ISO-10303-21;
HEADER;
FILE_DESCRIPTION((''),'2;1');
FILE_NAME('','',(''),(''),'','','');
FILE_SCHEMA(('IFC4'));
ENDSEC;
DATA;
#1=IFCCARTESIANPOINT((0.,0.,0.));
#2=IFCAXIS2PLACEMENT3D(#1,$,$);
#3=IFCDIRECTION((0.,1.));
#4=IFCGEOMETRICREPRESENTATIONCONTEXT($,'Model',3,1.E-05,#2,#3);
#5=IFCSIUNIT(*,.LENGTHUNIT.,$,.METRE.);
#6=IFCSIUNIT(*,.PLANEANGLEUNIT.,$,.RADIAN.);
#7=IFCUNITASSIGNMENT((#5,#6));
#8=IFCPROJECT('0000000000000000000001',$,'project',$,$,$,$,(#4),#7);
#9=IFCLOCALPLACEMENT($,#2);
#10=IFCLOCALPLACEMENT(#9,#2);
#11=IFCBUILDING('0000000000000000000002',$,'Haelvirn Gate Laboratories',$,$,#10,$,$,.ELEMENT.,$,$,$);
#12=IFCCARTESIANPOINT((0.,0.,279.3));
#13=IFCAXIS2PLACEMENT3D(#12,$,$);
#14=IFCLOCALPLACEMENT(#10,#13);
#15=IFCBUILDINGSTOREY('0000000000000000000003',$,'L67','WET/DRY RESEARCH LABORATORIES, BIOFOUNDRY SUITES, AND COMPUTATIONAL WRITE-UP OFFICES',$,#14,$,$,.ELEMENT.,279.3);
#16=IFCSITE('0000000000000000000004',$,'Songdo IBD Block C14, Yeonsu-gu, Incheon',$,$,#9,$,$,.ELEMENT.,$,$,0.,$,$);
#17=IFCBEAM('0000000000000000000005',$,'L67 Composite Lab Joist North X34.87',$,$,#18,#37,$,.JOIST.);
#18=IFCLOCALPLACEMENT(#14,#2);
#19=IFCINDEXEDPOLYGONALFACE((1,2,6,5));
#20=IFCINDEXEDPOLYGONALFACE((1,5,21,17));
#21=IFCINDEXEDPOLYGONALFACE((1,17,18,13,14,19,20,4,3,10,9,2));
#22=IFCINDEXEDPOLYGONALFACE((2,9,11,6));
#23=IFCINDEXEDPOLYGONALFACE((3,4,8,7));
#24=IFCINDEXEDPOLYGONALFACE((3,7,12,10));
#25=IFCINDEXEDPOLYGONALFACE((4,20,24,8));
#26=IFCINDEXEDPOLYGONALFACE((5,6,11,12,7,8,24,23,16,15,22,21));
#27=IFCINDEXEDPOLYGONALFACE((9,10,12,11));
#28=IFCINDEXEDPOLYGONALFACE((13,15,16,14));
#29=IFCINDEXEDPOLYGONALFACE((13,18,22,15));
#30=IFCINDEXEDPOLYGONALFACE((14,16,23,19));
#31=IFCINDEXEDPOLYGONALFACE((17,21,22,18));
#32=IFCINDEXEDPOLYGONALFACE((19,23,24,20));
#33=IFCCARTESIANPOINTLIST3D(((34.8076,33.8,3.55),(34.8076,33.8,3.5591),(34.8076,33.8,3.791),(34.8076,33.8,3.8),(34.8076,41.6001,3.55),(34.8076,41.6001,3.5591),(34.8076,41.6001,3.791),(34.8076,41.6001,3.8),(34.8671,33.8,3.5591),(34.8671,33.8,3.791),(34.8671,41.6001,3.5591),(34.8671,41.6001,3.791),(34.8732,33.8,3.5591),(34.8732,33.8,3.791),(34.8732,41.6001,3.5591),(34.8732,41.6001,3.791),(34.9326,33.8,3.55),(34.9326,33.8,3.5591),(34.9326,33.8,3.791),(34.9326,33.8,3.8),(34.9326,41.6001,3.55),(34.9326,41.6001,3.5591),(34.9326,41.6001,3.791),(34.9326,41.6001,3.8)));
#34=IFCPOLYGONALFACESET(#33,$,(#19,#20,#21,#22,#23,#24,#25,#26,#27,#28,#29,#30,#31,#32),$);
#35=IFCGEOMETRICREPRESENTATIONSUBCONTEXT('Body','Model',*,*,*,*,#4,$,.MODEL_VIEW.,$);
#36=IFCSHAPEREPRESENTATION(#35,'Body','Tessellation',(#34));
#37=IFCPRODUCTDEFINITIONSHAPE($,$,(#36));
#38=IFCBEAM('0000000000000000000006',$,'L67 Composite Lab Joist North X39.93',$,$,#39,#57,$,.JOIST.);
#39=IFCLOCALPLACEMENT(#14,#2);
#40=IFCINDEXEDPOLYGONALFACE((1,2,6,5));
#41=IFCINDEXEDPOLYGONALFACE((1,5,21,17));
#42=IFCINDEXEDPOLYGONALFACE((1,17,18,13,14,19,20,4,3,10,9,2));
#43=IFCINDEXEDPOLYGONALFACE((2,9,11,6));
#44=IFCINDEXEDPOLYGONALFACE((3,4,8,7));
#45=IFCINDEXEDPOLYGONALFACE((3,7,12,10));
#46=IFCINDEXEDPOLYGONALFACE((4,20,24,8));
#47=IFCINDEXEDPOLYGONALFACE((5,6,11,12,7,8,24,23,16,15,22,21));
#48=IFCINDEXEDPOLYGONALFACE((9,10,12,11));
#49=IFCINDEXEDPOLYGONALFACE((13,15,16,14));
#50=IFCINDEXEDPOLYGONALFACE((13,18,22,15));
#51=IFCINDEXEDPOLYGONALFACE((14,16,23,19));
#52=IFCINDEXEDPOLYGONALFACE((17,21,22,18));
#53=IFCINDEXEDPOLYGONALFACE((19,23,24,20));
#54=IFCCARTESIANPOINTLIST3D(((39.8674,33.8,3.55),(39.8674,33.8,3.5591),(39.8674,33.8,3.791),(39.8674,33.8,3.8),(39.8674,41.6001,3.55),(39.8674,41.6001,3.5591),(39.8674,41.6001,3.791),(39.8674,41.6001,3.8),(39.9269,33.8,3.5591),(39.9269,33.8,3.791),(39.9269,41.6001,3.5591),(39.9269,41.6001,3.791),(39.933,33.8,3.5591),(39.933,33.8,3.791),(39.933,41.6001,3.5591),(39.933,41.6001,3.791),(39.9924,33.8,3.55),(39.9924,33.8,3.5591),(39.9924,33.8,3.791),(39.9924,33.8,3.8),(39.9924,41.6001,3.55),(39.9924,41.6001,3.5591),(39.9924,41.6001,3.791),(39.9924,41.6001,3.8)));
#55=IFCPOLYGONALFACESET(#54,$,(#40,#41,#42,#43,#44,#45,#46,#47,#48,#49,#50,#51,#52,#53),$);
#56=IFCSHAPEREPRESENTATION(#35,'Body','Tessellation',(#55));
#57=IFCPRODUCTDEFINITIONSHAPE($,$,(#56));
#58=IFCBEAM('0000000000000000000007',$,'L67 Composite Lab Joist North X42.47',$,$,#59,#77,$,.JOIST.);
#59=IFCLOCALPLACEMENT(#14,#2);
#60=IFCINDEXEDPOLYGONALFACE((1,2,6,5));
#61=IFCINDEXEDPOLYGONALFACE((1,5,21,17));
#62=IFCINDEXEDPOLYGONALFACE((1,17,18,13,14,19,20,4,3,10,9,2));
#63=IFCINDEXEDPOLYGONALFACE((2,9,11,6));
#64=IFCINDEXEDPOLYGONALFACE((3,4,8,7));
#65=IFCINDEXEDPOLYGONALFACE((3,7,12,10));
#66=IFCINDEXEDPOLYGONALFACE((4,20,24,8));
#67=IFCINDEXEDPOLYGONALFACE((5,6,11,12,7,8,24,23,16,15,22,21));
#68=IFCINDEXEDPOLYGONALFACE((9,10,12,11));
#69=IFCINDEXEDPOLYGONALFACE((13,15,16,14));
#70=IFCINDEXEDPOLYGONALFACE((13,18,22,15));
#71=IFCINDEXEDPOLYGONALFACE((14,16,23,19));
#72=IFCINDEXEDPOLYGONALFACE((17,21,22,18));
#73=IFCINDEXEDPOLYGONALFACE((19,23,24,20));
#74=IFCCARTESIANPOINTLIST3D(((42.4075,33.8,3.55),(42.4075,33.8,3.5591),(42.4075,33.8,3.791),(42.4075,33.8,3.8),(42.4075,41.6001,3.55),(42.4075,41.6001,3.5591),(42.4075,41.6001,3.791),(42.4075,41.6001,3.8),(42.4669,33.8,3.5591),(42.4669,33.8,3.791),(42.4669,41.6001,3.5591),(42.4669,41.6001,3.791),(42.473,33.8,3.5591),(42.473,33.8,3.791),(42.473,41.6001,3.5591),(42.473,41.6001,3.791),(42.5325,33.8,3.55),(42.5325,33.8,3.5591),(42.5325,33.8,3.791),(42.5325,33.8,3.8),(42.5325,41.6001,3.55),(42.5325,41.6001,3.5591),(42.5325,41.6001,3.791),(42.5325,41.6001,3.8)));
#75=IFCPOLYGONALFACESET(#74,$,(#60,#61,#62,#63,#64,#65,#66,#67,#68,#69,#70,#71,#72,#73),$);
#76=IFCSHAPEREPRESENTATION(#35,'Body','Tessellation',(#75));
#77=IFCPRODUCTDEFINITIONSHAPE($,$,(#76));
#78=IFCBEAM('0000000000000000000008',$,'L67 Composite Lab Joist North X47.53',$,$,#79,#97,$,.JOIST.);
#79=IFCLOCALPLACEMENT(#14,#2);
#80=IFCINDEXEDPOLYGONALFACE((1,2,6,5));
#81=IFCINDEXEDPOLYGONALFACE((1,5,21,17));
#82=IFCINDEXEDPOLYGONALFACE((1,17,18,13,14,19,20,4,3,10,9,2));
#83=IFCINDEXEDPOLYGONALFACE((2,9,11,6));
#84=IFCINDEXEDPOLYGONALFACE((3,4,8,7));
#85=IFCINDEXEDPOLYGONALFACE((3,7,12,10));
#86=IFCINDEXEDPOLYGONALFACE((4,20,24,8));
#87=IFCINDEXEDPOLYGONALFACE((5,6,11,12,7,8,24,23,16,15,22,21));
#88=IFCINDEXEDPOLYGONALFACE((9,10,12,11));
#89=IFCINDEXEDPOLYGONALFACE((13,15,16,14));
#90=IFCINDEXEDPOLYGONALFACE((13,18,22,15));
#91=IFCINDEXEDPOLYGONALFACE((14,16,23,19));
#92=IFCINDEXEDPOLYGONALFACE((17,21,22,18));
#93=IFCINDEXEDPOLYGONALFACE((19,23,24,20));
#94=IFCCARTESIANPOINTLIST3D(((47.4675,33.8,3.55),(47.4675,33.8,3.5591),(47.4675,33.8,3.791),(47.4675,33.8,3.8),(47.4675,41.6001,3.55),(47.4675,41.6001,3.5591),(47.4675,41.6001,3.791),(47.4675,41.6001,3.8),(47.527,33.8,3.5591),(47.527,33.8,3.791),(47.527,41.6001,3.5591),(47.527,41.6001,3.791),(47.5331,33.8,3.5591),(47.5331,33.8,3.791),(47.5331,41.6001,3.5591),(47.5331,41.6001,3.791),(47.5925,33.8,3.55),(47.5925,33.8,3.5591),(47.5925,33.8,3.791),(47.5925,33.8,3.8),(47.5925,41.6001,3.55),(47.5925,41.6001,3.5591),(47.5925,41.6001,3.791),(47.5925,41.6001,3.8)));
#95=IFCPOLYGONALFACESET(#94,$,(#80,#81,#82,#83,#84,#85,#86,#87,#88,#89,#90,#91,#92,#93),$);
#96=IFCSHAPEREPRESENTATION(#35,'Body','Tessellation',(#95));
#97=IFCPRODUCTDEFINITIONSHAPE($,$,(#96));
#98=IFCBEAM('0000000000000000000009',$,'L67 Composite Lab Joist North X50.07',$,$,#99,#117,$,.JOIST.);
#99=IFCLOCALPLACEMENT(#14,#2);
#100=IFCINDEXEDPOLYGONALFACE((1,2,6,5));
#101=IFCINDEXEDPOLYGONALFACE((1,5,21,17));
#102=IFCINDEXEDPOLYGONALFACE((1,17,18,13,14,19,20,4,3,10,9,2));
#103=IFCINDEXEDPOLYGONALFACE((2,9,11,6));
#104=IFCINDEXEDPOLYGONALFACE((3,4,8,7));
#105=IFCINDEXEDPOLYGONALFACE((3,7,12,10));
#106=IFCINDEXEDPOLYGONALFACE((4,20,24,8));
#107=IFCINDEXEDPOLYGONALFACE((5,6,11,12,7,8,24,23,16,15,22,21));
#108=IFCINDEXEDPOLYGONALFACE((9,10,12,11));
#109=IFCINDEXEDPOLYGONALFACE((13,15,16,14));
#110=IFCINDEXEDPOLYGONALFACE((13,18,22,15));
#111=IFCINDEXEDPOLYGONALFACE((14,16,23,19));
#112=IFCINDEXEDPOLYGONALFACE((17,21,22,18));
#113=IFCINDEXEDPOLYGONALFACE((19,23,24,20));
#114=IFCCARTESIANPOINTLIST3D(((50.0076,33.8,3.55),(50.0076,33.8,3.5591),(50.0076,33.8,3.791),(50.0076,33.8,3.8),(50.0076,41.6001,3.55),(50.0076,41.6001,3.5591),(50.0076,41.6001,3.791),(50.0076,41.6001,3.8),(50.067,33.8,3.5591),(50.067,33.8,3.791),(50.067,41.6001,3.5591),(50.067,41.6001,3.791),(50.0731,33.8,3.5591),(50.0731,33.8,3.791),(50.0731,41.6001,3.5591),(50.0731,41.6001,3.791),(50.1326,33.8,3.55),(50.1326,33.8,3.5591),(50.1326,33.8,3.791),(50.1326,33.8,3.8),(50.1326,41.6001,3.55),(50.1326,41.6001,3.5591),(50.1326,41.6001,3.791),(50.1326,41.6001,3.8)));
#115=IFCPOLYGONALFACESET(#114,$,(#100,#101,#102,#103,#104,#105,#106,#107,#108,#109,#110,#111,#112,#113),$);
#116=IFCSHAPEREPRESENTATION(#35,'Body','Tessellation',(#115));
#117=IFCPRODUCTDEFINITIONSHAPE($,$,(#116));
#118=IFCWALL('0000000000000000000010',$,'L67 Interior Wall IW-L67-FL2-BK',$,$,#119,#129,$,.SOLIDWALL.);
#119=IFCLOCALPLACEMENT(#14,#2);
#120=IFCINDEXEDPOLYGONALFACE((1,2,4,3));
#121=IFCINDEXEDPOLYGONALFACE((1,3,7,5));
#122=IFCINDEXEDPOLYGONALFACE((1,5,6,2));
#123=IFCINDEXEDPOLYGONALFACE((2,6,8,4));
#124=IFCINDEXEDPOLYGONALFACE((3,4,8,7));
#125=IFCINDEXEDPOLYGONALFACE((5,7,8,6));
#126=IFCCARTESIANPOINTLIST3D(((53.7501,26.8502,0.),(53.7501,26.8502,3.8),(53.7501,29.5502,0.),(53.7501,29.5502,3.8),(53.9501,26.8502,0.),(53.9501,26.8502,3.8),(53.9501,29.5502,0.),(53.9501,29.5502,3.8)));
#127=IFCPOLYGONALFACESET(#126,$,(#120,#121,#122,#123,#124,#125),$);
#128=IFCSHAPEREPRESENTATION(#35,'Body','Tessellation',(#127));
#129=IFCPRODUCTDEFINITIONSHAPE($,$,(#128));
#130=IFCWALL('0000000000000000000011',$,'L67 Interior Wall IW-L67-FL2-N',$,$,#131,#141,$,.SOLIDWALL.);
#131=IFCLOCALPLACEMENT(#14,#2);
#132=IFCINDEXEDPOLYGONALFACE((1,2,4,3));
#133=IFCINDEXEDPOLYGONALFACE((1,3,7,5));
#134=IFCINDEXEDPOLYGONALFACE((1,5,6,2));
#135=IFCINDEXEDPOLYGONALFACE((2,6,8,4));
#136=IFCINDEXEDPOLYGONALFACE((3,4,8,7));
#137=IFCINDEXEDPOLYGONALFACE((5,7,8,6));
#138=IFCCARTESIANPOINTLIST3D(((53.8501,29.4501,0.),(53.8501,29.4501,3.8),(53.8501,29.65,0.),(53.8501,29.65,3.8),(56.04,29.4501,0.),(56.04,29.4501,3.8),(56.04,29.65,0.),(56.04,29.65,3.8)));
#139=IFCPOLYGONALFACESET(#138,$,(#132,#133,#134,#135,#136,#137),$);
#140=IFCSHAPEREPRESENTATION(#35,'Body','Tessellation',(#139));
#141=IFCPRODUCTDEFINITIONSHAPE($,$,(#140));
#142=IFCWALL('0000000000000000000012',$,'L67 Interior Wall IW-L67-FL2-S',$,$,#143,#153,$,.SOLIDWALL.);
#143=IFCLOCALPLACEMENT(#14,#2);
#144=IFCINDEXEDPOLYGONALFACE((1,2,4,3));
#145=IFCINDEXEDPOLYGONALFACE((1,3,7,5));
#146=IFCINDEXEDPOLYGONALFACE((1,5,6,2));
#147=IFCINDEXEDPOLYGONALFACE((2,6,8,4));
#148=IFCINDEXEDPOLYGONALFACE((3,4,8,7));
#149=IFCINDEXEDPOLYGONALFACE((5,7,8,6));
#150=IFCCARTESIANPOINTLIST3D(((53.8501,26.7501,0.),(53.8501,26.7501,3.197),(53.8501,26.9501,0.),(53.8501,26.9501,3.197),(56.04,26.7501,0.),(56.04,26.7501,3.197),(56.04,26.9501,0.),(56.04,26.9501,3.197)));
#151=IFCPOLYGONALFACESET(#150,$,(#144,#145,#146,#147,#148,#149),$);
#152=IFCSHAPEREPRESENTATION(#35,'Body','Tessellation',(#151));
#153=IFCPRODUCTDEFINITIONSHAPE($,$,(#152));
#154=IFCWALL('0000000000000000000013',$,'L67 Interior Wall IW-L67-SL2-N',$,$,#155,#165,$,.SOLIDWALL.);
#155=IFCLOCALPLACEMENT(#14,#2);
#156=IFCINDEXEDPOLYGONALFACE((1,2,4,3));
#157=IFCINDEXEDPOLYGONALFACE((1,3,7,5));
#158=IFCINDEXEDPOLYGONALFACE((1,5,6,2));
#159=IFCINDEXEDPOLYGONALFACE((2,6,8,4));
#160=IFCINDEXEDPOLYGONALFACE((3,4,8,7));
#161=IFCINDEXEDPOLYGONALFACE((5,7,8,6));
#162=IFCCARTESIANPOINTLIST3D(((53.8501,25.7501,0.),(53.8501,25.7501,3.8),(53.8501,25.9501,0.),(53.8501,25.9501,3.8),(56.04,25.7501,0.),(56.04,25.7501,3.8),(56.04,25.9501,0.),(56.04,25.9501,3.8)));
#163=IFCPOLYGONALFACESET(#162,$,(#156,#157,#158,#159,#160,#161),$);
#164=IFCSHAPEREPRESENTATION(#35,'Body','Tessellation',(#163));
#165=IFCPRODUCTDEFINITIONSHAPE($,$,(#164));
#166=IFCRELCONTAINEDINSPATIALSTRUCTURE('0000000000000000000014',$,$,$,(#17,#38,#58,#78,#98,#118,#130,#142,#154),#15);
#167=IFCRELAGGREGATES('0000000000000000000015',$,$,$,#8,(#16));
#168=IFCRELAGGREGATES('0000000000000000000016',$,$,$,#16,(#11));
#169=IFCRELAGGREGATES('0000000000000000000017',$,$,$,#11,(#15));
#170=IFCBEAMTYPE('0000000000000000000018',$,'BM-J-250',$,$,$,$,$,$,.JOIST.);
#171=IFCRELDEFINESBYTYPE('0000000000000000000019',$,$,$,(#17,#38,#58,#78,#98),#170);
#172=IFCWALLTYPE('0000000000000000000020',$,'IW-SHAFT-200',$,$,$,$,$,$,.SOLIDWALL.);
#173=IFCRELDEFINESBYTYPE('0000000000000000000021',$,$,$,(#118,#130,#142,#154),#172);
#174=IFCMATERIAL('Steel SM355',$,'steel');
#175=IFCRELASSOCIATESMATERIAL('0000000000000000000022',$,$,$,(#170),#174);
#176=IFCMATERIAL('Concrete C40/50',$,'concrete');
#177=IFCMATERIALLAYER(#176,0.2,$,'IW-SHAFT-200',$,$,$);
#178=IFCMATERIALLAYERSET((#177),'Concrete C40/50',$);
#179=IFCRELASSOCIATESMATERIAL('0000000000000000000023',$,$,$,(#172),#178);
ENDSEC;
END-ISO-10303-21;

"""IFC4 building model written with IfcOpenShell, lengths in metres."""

from ifc_helpers import new_model, si_unit, direction, frame, frame_2d, origin, origin_2d, place, context, subcontext, project, spatial, rectangle, i_section, extrude, source, transform, mapped, material, layer, layer_set, material_profile, profile_set, type_object, type_shapes, element, save


model = new_model("IFC4")

# Units and contexts
model_context = context("Model", 3, precision=1e-05, world=origin(), true_north=direction((0.0, 1.0)))
body_context = subcontext(model_context, "Body", "Model", "MODEL_VIEW")
ifc_project = project(units=[si_unit("LENGTHUNIT", "METRE"), si_unit("PLANEANGLEUNIT", "RADIAN")], contexts=[model_context])

# Site, building, storey
site_placement = place(None, origin())
site = spatial("IfcSite", under=ifc_project, at=site_placement, Name="Songdo IBD Block C14, Yeonsu-gu, Incheon", CompositionType="ELEMENT", RefElevation=0.0)
building_placement = place(site_placement, origin())
building = spatial("IfcBuilding", under=site, at=building_placement, Name="Haelvirn Gate Laboratories", CompositionType="ELEMENT")
storey_placement = place(building_placement, frame((0.0, 0.0, 279.3)))
storey = spatial("IfcBuildingStorey", under=building, at=storey_placement, Name="L67", Description="WET/DRY RESEARCH LABORATORIES, BIOFOUNDRY SUITES, AND COMPUTATIONAL WRITE-UP OFFICES", CompositionType="ELEMENT", Elevation=279.3)

# Shared definitions
ifc_material_1 = material(Name="Steel SM355", Category="steel")

# Beams
ifc_material_profile_1 = material_profile(ifc_material_1, i_section(OverallWidth=0.125, OverallDepth=0.25, WebThickness=0.0061, FlangeThickness=0.009, at=origin_2d()), Name="H-250x125x6x9")
ifc_profile_set_1 = profile_set([ifc_material_profile_1], Name="Steel SM355")
beam_type_1 = type_object("IfcBeamType", Name="BM-J-250", PredefinedType="JOIST", material=ifc_profile_set_1)
shared_shape_1 = source(origin(), body_context, "Body", "SweptSolid", [
    extrude(i_section(OverallWidth=0.125, OverallDepth=0.25, WebThickness=0.0061, FlangeThickness=0.009, at=origin_2d()), origin(), (0.0, 0.0, 1.0), 7.8),
])
type_shapes(beam_type_1, [shared_shape_1])
for number, where, z_axis, x_axis, name in (
    (1, (34.8701, 33.8, 3.675), (0.0, 1.0, 0.0), (-1.0, 0.0, 0.0), "L67 Composite Lab Joist North X34.87"),
    (2, (39.9299, 33.8, 3.675), (0.0, 1.0, 0.0), (-1.0, 0.0, 0.0), "L67 Composite Lab Joist North X39.93"),
    (3, (42.47, 33.8, 3.675), (0.0, 1.0, 0.0), (-1.0, 0.0, 0.0), "L67 Composite Lab Joist North X42.47"),
    (4, (47.53, 33.8, 3.675), (0.0, 1.0, 0.0), (-1.0, 0.0, 0.0), "L67 Composite Lab Joist North X47.53"),
    (5, (50.0701, 33.8, 3.675), (0.0, 1.0, 0.0), (-1.0, 0.0, 0.0), "L67 Composite Lab Joist North X50.07"),
):
    element("IfcBeam", number, at=place(storey_placement, frame(where, z_axis=z_axis, x_axis=x_axis)), inside=storey, type_object=beam_type_1, Name=name, PredefinedType="JOIST", context=body_context, shape_type="MappedRepresentation", body=[
        mapped(shared_shape_1, transform((0.0, 0.0, 0.0), scale=1.0)),
    ])

# Walls
ifc_material_2 = material(Name="Concrete C40/50", Category="concrete")
ifc_layer_1 = layer(ifc_material_2, 0.2, Name="IW-SHAFT-200")
ifc_layer_set_1 = layer_set([ifc_layer_1], Name="Concrete C40/50")
wall_type_1 = type_object("IfcWallType", Name="IW-SHAFT-200", PredefinedType="SOLIDWALL", material=ifc_layer_set_1)
wall_1_placement = place(storey_placement, frame((53.8501, 26.8501, 0.0), z_axis=(0.0, 0.0, 1.0), x_axis=(0.0, 1.0, 0.0)))
element("IfcWall", 6, at=wall_1_placement, inside=storey, type_object=wall_type_1, Name="L67 Interior Wall IW-L67-FL2-BK", PredefinedType="SOLIDWALL", context=body_context, shape_type="SweptSolid", body=[
    extrude(rectangle(XDim=2.7, YDim=0.2, at=frame_2d((1.3501, 0.0))), origin(), (0.0, 0.0, 1.0), 3.8),
])
wall_2_placement = place(storey_placement, frame((53.8501, 29.55, 0.0), z_axis=(0.0, 0.0, 1.0), x_axis=(1.0, 0.0, 0.0)))
element("IfcWall", 7, at=wall_2_placement, inside=storey, type_object=wall_type_1, Name="L67 Interior Wall IW-L67-FL2-N", PredefinedType="SOLIDWALL", context=body_context, shape_type="SweptSolid", body=[
    extrude(rectangle(XDim=2.1899, YDim=0.2, at=frame_2d((1.095, 0.0))), origin(), (0.0, 0.0, 1.0), 3.8),
])
wall_3_placement = place(storey_placement, frame((53.8501, 26.8501, 0.0), z_axis=(0.0, 0.0, 1.0), x_axis=(1.0, 0.0, 0.0)))
element("IfcWall", 8, at=wall_3_placement, inside=storey, type_object=wall_type_1, Name="L67 Interior Wall IW-L67-FL2-S", PredefinedType="SOLIDWALL", context=body_context, shape_type="SweptSolid", body=[
    extrude(rectangle(XDim=2.1899, YDim=0.2, at=frame_2d((1.095, 0.0))), origin(), (0.0, 0.0, 1.0), 3.197),
])
wall_4_placement = place(storey_placement, frame((53.8501, 25.8501, 0.0), z_axis=(0.0, 0.0, 1.0), x_axis=(1.0, 0.0, 0.0)))
element("IfcWall", 9, at=wall_4_placement, inside=storey, type_object=wall_type_1, Name="L67 Interior Wall IW-L67-SL2-N", PredefinedType="SOLIDWALL", context=body_context, shape_type="SweptSolid", body=[
    extrude(rectangle(XDim=2.1899, YDim=0.2, at=frame_2d((1.095, 0.0))), origin(), (0.0, 0.0, 1.0), 3.8),
])

save(model, "model.ifc")
